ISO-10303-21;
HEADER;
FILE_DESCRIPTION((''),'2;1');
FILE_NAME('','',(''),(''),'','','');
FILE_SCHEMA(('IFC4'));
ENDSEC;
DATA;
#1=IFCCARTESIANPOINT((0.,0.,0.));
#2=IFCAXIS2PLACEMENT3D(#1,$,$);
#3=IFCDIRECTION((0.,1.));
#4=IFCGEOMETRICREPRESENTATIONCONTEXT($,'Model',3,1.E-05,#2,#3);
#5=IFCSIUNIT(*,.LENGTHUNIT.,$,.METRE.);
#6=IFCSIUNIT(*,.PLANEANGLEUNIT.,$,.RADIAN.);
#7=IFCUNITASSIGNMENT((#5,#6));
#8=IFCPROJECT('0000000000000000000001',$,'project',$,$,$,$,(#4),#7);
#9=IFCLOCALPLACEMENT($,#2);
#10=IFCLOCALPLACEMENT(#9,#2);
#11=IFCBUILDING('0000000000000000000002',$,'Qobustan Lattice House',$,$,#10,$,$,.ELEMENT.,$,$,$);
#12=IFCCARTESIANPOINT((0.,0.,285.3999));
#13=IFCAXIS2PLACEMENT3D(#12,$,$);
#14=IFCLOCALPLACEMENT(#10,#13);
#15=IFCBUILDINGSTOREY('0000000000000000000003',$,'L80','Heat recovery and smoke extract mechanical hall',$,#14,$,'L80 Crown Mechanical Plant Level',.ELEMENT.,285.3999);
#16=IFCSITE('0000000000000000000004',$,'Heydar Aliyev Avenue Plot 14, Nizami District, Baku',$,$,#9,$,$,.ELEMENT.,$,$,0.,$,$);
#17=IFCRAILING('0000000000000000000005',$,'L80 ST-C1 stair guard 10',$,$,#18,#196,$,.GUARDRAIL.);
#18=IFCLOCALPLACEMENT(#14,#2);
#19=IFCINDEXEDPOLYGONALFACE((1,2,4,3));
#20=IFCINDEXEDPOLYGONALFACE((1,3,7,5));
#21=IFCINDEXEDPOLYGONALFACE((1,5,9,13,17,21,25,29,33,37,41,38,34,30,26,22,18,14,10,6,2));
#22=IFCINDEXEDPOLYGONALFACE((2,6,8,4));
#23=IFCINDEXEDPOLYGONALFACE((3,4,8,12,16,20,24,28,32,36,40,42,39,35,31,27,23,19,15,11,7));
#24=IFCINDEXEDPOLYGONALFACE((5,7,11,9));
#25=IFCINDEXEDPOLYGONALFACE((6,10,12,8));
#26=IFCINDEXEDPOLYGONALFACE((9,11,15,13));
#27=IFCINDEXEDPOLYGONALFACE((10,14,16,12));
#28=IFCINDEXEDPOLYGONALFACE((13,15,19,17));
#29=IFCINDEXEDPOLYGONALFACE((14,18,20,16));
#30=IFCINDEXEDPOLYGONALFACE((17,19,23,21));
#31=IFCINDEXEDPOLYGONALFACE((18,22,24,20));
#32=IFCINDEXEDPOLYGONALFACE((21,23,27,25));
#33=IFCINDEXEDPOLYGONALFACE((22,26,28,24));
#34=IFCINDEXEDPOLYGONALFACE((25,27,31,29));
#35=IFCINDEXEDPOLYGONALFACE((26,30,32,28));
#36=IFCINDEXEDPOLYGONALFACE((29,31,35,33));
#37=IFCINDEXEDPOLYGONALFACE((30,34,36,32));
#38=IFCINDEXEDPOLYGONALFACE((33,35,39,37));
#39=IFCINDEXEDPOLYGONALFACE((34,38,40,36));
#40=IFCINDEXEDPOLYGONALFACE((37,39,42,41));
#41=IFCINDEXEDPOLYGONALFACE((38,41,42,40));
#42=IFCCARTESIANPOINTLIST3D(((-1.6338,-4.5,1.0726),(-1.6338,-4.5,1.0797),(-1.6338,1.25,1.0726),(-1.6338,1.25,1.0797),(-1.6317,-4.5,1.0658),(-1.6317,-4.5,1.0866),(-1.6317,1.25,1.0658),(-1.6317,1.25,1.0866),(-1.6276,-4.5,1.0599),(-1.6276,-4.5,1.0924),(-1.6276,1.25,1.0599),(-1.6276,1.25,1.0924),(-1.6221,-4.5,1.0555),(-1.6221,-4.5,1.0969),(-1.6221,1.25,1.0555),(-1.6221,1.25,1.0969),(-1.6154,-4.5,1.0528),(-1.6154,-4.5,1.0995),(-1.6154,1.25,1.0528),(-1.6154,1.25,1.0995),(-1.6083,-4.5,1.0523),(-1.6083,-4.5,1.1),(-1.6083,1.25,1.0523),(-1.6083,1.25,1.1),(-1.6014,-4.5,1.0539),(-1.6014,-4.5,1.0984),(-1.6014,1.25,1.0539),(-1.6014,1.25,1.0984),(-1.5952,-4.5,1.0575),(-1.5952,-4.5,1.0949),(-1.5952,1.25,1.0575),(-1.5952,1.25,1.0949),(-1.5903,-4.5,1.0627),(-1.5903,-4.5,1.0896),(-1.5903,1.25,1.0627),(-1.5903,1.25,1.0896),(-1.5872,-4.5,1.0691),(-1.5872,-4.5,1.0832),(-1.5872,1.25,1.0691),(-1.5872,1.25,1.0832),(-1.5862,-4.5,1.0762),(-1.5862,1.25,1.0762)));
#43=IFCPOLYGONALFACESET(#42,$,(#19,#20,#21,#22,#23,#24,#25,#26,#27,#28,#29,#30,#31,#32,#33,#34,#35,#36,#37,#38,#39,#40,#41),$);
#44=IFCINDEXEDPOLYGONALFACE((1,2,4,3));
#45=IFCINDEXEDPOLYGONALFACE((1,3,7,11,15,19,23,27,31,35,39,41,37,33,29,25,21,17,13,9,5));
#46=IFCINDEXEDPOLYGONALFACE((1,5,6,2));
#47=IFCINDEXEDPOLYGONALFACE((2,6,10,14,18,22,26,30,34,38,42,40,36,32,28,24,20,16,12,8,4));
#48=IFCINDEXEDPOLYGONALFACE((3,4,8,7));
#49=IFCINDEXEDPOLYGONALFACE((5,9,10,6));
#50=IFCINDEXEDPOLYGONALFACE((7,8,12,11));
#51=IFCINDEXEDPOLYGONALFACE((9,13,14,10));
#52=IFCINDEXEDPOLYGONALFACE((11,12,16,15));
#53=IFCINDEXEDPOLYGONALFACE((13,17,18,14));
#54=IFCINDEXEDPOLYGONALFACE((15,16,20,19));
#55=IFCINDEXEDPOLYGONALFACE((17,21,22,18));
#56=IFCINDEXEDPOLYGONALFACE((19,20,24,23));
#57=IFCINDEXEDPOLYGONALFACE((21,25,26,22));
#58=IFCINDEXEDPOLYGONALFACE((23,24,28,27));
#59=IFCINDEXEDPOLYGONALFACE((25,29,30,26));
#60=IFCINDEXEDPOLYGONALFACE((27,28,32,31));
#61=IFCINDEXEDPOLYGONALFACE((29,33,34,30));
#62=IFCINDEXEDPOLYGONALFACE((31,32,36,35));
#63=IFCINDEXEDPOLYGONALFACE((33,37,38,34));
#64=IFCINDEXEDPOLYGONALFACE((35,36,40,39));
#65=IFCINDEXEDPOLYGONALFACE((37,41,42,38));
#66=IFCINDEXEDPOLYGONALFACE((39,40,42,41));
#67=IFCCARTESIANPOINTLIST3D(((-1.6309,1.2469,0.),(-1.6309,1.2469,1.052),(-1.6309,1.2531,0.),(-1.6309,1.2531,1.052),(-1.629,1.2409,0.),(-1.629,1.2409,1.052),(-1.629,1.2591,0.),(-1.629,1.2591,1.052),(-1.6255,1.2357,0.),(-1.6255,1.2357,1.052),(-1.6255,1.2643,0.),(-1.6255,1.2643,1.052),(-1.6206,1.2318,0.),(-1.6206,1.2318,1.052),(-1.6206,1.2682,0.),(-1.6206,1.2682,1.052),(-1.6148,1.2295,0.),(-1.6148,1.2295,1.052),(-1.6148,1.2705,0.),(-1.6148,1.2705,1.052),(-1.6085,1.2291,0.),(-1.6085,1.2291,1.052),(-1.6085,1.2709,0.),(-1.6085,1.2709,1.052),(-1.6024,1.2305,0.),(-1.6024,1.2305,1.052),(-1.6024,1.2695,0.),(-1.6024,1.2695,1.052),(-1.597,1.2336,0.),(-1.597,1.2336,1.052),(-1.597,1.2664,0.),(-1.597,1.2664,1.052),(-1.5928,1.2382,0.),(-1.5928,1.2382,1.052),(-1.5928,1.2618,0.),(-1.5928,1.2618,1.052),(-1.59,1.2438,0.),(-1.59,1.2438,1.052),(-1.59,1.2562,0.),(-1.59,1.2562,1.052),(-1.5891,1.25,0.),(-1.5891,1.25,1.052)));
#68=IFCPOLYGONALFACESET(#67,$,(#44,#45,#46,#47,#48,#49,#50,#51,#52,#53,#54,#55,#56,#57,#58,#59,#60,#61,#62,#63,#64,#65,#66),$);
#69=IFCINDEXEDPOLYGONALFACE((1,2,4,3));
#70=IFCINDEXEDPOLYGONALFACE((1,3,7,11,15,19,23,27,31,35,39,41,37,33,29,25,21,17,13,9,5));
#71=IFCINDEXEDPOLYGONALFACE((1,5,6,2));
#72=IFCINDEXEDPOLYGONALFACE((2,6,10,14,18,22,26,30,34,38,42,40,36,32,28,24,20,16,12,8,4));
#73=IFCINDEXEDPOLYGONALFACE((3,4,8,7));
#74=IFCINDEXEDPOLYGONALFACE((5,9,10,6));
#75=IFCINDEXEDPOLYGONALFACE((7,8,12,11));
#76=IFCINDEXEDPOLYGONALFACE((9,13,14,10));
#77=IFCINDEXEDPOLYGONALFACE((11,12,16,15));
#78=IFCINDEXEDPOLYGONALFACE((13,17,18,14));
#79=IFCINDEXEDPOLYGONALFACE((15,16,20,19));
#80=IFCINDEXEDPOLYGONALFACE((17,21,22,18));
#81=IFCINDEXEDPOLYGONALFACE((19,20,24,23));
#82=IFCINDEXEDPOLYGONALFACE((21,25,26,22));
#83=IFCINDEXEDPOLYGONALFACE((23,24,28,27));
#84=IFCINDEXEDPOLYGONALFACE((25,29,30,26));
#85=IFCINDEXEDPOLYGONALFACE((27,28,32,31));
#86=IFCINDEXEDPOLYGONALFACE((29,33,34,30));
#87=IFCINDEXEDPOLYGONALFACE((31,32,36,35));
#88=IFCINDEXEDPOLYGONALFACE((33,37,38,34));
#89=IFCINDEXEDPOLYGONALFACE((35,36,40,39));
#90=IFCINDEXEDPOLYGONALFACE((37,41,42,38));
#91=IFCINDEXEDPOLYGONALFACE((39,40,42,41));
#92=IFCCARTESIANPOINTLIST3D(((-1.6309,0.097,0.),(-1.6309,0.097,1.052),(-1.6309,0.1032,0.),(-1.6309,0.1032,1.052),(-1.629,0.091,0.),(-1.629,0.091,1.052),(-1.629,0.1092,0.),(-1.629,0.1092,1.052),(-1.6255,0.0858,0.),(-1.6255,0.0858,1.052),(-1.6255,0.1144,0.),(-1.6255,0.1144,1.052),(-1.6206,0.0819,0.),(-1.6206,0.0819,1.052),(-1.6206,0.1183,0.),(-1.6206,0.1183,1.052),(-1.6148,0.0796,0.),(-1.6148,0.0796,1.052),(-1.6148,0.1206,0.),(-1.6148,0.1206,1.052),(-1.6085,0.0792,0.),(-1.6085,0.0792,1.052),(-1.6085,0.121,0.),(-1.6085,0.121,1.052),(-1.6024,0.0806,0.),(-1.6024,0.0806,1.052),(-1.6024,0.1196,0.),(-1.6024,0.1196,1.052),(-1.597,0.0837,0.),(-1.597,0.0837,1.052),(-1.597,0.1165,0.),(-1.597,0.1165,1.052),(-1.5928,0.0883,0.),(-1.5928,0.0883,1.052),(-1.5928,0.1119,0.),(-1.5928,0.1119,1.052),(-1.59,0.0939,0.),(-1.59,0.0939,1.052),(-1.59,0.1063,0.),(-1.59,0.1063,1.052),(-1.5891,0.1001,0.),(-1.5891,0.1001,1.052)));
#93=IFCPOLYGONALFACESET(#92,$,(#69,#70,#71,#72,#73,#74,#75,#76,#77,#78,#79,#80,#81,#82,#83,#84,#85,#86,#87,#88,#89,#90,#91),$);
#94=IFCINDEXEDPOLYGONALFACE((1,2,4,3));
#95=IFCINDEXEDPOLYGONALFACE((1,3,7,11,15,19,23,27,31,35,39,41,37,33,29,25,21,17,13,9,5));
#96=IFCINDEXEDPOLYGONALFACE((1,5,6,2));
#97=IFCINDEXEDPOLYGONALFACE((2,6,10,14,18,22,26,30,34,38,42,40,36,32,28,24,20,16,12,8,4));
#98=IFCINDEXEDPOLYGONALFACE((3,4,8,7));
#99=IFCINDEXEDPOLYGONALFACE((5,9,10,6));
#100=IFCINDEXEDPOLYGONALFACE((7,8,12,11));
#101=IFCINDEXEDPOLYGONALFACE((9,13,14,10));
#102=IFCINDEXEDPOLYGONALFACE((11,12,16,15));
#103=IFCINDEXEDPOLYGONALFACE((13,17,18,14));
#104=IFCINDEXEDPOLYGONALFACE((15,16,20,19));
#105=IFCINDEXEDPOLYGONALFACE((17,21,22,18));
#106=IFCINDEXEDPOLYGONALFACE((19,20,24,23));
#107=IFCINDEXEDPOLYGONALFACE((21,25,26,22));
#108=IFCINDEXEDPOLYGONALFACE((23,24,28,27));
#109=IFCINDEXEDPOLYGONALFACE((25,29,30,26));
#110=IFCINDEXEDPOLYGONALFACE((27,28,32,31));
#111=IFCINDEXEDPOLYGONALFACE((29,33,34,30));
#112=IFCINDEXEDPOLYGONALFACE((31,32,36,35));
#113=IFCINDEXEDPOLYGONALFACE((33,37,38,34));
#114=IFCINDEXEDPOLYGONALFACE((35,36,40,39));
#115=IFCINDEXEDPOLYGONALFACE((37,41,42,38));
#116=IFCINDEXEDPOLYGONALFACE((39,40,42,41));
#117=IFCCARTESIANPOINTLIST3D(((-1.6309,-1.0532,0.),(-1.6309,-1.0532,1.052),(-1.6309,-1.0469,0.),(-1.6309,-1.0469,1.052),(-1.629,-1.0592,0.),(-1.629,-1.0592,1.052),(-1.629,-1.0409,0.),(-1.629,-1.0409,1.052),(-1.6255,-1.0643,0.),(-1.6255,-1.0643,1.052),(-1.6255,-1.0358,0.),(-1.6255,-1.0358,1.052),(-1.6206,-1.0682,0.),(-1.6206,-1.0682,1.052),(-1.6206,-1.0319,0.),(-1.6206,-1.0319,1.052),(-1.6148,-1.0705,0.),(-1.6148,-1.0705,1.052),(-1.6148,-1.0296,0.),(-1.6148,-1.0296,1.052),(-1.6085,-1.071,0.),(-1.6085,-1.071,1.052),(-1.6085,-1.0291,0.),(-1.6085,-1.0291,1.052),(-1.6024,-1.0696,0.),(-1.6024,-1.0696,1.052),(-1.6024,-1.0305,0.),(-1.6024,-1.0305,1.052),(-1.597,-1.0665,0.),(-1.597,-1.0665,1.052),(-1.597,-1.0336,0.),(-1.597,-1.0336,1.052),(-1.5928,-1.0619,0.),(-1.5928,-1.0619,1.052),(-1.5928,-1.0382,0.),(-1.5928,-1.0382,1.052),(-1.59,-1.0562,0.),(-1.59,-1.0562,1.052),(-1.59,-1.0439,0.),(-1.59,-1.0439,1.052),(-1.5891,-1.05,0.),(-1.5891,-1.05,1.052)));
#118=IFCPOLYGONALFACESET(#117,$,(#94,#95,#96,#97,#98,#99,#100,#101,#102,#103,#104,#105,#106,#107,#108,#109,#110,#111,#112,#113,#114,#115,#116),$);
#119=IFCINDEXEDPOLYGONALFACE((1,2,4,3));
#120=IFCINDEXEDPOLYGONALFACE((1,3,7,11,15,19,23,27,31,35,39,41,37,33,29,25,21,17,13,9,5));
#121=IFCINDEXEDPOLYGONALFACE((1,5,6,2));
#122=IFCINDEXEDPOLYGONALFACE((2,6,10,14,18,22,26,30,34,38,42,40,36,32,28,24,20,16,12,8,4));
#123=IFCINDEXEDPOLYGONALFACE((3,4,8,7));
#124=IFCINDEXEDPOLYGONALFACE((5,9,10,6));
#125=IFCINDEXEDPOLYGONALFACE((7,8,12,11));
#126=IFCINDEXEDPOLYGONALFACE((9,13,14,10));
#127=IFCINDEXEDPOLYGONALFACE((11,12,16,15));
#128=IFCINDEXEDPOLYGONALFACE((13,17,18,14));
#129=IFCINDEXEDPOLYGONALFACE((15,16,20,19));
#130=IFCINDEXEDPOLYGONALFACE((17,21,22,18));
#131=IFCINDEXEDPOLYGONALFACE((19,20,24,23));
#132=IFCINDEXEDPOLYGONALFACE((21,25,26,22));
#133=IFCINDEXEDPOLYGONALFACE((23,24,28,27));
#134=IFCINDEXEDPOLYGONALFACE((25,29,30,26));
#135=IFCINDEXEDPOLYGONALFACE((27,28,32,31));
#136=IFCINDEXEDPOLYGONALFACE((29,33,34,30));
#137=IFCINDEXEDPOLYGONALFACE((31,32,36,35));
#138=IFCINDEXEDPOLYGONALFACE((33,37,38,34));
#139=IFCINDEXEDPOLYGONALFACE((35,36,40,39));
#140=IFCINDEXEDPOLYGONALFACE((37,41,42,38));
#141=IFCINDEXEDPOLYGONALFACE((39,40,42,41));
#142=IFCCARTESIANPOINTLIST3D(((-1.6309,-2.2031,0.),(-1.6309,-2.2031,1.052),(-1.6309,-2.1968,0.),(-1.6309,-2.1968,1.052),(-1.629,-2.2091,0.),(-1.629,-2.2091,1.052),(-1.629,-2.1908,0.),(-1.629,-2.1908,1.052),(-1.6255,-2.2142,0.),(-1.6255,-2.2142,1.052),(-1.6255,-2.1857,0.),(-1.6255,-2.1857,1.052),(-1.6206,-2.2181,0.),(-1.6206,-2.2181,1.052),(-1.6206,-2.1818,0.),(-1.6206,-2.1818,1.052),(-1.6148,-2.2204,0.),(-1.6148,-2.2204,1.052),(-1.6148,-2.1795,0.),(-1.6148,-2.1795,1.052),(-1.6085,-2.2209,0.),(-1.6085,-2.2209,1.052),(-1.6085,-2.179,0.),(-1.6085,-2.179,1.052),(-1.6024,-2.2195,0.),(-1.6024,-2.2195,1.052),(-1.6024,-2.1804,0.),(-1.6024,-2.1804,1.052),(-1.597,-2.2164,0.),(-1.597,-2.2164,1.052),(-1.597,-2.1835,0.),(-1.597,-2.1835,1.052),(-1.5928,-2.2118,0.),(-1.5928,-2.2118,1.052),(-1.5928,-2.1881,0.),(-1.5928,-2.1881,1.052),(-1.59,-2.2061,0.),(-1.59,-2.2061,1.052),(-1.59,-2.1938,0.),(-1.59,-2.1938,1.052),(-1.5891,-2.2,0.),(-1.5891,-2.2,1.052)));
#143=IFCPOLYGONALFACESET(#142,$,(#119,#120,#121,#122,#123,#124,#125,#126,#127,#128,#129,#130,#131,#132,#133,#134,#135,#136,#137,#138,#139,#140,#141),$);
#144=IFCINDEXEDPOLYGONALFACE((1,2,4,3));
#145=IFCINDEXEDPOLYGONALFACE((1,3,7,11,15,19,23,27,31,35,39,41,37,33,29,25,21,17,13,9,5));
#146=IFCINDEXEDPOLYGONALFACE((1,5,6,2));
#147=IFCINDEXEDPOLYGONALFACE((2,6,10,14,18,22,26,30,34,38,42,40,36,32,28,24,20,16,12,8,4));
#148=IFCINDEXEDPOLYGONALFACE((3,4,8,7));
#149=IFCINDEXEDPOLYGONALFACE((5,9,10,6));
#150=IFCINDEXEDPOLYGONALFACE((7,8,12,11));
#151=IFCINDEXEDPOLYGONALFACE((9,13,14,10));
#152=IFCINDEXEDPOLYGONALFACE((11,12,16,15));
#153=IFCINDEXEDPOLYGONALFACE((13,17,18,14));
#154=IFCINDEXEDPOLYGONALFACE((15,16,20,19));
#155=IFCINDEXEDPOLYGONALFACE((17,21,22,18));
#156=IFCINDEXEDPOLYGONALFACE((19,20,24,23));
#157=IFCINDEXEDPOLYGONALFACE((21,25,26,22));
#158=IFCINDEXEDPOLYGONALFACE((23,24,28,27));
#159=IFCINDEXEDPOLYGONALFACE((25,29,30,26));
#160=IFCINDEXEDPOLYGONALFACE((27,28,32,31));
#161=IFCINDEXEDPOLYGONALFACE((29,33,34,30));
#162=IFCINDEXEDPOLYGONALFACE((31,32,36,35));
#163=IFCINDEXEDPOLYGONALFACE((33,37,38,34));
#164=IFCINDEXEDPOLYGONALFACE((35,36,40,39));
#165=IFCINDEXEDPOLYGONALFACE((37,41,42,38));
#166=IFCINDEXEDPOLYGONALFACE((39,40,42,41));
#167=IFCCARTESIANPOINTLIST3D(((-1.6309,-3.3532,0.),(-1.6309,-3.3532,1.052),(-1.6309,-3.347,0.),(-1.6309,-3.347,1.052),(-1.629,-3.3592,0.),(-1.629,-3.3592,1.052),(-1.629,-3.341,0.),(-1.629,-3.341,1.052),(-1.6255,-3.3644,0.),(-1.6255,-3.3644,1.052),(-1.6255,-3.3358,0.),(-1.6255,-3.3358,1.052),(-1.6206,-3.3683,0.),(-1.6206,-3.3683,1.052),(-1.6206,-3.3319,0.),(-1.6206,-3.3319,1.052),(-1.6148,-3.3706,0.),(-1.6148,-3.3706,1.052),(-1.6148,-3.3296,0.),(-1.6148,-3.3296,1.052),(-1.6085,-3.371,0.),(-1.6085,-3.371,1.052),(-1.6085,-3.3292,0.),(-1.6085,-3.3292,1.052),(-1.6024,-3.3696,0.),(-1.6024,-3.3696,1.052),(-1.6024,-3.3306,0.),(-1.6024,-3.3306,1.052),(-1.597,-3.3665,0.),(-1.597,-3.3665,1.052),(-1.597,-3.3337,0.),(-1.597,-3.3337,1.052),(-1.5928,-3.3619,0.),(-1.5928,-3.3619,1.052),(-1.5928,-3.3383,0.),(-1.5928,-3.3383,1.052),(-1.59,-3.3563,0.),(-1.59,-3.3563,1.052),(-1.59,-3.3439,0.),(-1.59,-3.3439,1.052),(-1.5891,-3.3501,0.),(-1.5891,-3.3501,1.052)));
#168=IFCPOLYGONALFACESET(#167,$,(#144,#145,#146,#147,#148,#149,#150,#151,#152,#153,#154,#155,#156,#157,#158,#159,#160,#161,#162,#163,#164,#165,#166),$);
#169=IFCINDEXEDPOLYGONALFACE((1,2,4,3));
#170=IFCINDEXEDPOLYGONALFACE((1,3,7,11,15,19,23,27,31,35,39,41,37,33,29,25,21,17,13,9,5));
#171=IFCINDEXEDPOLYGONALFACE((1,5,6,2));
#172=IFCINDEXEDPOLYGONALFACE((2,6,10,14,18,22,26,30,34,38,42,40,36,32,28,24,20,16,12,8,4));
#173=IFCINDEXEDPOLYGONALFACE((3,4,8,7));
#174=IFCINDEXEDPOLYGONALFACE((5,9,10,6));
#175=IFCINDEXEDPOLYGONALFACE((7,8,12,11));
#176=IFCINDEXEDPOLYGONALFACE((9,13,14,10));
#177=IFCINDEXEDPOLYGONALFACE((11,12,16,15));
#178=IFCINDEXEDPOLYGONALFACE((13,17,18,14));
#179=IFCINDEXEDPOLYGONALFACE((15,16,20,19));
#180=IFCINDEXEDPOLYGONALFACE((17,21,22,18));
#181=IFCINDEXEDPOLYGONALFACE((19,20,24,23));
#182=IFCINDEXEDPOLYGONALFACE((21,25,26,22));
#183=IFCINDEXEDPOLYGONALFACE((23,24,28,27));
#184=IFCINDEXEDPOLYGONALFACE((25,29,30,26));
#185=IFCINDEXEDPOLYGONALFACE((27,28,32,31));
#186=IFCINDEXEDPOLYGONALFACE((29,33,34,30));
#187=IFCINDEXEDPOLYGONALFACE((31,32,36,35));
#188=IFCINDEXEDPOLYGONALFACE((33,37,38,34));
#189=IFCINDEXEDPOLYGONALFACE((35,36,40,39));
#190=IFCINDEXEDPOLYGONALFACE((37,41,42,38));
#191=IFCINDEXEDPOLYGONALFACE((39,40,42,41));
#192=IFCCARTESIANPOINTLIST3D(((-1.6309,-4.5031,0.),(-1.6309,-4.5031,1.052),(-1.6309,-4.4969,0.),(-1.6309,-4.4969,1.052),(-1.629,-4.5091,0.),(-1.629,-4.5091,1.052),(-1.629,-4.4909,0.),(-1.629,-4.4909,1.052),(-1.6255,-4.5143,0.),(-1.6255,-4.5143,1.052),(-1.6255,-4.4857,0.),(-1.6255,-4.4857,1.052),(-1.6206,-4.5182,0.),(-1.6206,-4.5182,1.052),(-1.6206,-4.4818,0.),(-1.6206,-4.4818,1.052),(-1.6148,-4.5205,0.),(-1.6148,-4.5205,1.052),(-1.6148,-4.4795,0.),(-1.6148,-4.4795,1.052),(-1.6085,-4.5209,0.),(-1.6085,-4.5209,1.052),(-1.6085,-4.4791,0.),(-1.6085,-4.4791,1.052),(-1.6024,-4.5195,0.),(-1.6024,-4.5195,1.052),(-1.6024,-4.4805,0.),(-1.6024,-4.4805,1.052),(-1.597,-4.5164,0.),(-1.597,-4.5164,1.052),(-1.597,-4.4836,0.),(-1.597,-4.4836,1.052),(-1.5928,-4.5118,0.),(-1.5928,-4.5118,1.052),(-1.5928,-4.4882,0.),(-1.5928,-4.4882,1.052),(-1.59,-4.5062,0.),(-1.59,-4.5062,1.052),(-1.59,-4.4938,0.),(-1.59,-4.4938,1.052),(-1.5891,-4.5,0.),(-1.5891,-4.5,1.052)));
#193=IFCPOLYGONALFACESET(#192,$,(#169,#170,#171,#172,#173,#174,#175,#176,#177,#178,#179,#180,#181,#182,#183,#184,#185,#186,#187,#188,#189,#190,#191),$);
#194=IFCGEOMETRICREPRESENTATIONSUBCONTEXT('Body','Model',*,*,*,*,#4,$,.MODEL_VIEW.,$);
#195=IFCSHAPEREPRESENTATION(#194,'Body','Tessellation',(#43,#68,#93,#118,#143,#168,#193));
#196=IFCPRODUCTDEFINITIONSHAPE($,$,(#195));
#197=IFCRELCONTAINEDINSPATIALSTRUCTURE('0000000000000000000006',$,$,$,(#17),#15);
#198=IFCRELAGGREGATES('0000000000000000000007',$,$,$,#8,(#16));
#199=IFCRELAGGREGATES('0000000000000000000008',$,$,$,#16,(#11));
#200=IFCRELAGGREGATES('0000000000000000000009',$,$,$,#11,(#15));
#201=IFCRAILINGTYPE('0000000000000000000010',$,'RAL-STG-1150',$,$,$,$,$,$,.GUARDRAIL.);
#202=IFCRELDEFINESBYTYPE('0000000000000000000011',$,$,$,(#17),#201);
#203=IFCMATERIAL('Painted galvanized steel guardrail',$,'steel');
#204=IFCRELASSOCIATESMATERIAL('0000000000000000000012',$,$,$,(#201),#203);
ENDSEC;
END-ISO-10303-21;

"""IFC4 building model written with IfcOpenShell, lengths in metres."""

from ifc_helpers import new_model, si_unit, direction, frame, origin, origin_2d, place, context, subcontext, project, spatial, circle, extrude, material, type_object, element, save


model = new_model("IFC4")

# Units and contexts
model_context = context("Model", 3, precision=1e-05, world=origin(), true_north=direction((0.0, 1.0)))
body_context = subcontext(model_context, "Body", "Model", "MODEL_VIEW")
ifc_project = project(units=[si_unit("LENGTHUNIT", "METRE"), si_unit("PLANEANGLEUNIT", "RADIAN")], contexts=[model_context])

# Site, building, storey
site_placement = place(None, origin())
site = spatial("IfcSite", under=ifc_project, at=site_placement, Name="Heydar Aliyev Avenue Plot 14, Nizami District, Baku", CompositionType="ELEMENT", RefElevation=0.0)
building_placement = place(site_placement, origin())
building = spatial("IfcBuilding", under=site, at=building_placement, Name="Qobustan Lattice House", CompositionType="ELEMENT")
storey_placement = place(building_placement, frame((0.0, 0.0, 285.3999)))
storey = spatial("IfcBuildingStorey", under=building, at=storey_placement, Name="L80", Description="Heat recovery and smoke extract mechanical hall", LongName="L80 Crown Mechanical Plant Level", CompositionType="ELEMENT", Elevation=285.3999)

# Railing
ifc_material_1 = material(Name="Painted galvanized steel guardrail", Category="steel")
railing_type_1 = type_object("IfcRailingType", Name="RAL-STG-1150", PredefinedType="GUARDRAIL", material=ifc_material_1)
railing_1_placement = place(storey_placement, frame((-1.6101, 1.25, 0.0)))
element("IfcRailing", 1, at=railing_1_placement, inside=storey, type_object=railing_type_1, Name="L80 ST-C1 stair guard 10", PredefinedType="GUARDRAIL", context=body_context, shape_type="SweptSolid", body=[
    extrude(circle(Radius=0.0239, at=origin_2d()), frame((0.0, 0.0, 1.0762), z_axis=(0.0, -1.0, 0.0), x_axis=(1.0, 0.0, 0.0)), (0.0, 0.0, 1.0), 5.75),
    extrude(circle(Radius=0.021, at=origin_2d()), origin(), (0.0, 0.0, 1.0), 1.052),
    extrude(circle(Radius=0.021, at=origin_2d()), frame((0.0, -1.1499, 0.0)), (0.0, 0.0, 1.0), 1.052),
    extrude(circle(Radius=0.021, at=origin_2d()), frame((0.0, -2.3, 0.0)), (0.0, 0.0, 1.0), 1.052),
    extrude(circle(Radius=0.021, at=origin_2d()), frame((0.0, -3.45, 0.0)), (0.0, 0.0, 1.0), 1.052),
    extrude(circle(Radius=0.021, at=origin_2d()), frame((0.0, -4.6001, 0.0)), (0.0, 0.0, 1.0), 1.052),
    extrude(circle(Radius=0.021, at=origin_2d()), frame((0.0, -5.75, 0.0)), (0.0, 0.0, 1.0), 1.052),
])

save(model, "model.ifc")
